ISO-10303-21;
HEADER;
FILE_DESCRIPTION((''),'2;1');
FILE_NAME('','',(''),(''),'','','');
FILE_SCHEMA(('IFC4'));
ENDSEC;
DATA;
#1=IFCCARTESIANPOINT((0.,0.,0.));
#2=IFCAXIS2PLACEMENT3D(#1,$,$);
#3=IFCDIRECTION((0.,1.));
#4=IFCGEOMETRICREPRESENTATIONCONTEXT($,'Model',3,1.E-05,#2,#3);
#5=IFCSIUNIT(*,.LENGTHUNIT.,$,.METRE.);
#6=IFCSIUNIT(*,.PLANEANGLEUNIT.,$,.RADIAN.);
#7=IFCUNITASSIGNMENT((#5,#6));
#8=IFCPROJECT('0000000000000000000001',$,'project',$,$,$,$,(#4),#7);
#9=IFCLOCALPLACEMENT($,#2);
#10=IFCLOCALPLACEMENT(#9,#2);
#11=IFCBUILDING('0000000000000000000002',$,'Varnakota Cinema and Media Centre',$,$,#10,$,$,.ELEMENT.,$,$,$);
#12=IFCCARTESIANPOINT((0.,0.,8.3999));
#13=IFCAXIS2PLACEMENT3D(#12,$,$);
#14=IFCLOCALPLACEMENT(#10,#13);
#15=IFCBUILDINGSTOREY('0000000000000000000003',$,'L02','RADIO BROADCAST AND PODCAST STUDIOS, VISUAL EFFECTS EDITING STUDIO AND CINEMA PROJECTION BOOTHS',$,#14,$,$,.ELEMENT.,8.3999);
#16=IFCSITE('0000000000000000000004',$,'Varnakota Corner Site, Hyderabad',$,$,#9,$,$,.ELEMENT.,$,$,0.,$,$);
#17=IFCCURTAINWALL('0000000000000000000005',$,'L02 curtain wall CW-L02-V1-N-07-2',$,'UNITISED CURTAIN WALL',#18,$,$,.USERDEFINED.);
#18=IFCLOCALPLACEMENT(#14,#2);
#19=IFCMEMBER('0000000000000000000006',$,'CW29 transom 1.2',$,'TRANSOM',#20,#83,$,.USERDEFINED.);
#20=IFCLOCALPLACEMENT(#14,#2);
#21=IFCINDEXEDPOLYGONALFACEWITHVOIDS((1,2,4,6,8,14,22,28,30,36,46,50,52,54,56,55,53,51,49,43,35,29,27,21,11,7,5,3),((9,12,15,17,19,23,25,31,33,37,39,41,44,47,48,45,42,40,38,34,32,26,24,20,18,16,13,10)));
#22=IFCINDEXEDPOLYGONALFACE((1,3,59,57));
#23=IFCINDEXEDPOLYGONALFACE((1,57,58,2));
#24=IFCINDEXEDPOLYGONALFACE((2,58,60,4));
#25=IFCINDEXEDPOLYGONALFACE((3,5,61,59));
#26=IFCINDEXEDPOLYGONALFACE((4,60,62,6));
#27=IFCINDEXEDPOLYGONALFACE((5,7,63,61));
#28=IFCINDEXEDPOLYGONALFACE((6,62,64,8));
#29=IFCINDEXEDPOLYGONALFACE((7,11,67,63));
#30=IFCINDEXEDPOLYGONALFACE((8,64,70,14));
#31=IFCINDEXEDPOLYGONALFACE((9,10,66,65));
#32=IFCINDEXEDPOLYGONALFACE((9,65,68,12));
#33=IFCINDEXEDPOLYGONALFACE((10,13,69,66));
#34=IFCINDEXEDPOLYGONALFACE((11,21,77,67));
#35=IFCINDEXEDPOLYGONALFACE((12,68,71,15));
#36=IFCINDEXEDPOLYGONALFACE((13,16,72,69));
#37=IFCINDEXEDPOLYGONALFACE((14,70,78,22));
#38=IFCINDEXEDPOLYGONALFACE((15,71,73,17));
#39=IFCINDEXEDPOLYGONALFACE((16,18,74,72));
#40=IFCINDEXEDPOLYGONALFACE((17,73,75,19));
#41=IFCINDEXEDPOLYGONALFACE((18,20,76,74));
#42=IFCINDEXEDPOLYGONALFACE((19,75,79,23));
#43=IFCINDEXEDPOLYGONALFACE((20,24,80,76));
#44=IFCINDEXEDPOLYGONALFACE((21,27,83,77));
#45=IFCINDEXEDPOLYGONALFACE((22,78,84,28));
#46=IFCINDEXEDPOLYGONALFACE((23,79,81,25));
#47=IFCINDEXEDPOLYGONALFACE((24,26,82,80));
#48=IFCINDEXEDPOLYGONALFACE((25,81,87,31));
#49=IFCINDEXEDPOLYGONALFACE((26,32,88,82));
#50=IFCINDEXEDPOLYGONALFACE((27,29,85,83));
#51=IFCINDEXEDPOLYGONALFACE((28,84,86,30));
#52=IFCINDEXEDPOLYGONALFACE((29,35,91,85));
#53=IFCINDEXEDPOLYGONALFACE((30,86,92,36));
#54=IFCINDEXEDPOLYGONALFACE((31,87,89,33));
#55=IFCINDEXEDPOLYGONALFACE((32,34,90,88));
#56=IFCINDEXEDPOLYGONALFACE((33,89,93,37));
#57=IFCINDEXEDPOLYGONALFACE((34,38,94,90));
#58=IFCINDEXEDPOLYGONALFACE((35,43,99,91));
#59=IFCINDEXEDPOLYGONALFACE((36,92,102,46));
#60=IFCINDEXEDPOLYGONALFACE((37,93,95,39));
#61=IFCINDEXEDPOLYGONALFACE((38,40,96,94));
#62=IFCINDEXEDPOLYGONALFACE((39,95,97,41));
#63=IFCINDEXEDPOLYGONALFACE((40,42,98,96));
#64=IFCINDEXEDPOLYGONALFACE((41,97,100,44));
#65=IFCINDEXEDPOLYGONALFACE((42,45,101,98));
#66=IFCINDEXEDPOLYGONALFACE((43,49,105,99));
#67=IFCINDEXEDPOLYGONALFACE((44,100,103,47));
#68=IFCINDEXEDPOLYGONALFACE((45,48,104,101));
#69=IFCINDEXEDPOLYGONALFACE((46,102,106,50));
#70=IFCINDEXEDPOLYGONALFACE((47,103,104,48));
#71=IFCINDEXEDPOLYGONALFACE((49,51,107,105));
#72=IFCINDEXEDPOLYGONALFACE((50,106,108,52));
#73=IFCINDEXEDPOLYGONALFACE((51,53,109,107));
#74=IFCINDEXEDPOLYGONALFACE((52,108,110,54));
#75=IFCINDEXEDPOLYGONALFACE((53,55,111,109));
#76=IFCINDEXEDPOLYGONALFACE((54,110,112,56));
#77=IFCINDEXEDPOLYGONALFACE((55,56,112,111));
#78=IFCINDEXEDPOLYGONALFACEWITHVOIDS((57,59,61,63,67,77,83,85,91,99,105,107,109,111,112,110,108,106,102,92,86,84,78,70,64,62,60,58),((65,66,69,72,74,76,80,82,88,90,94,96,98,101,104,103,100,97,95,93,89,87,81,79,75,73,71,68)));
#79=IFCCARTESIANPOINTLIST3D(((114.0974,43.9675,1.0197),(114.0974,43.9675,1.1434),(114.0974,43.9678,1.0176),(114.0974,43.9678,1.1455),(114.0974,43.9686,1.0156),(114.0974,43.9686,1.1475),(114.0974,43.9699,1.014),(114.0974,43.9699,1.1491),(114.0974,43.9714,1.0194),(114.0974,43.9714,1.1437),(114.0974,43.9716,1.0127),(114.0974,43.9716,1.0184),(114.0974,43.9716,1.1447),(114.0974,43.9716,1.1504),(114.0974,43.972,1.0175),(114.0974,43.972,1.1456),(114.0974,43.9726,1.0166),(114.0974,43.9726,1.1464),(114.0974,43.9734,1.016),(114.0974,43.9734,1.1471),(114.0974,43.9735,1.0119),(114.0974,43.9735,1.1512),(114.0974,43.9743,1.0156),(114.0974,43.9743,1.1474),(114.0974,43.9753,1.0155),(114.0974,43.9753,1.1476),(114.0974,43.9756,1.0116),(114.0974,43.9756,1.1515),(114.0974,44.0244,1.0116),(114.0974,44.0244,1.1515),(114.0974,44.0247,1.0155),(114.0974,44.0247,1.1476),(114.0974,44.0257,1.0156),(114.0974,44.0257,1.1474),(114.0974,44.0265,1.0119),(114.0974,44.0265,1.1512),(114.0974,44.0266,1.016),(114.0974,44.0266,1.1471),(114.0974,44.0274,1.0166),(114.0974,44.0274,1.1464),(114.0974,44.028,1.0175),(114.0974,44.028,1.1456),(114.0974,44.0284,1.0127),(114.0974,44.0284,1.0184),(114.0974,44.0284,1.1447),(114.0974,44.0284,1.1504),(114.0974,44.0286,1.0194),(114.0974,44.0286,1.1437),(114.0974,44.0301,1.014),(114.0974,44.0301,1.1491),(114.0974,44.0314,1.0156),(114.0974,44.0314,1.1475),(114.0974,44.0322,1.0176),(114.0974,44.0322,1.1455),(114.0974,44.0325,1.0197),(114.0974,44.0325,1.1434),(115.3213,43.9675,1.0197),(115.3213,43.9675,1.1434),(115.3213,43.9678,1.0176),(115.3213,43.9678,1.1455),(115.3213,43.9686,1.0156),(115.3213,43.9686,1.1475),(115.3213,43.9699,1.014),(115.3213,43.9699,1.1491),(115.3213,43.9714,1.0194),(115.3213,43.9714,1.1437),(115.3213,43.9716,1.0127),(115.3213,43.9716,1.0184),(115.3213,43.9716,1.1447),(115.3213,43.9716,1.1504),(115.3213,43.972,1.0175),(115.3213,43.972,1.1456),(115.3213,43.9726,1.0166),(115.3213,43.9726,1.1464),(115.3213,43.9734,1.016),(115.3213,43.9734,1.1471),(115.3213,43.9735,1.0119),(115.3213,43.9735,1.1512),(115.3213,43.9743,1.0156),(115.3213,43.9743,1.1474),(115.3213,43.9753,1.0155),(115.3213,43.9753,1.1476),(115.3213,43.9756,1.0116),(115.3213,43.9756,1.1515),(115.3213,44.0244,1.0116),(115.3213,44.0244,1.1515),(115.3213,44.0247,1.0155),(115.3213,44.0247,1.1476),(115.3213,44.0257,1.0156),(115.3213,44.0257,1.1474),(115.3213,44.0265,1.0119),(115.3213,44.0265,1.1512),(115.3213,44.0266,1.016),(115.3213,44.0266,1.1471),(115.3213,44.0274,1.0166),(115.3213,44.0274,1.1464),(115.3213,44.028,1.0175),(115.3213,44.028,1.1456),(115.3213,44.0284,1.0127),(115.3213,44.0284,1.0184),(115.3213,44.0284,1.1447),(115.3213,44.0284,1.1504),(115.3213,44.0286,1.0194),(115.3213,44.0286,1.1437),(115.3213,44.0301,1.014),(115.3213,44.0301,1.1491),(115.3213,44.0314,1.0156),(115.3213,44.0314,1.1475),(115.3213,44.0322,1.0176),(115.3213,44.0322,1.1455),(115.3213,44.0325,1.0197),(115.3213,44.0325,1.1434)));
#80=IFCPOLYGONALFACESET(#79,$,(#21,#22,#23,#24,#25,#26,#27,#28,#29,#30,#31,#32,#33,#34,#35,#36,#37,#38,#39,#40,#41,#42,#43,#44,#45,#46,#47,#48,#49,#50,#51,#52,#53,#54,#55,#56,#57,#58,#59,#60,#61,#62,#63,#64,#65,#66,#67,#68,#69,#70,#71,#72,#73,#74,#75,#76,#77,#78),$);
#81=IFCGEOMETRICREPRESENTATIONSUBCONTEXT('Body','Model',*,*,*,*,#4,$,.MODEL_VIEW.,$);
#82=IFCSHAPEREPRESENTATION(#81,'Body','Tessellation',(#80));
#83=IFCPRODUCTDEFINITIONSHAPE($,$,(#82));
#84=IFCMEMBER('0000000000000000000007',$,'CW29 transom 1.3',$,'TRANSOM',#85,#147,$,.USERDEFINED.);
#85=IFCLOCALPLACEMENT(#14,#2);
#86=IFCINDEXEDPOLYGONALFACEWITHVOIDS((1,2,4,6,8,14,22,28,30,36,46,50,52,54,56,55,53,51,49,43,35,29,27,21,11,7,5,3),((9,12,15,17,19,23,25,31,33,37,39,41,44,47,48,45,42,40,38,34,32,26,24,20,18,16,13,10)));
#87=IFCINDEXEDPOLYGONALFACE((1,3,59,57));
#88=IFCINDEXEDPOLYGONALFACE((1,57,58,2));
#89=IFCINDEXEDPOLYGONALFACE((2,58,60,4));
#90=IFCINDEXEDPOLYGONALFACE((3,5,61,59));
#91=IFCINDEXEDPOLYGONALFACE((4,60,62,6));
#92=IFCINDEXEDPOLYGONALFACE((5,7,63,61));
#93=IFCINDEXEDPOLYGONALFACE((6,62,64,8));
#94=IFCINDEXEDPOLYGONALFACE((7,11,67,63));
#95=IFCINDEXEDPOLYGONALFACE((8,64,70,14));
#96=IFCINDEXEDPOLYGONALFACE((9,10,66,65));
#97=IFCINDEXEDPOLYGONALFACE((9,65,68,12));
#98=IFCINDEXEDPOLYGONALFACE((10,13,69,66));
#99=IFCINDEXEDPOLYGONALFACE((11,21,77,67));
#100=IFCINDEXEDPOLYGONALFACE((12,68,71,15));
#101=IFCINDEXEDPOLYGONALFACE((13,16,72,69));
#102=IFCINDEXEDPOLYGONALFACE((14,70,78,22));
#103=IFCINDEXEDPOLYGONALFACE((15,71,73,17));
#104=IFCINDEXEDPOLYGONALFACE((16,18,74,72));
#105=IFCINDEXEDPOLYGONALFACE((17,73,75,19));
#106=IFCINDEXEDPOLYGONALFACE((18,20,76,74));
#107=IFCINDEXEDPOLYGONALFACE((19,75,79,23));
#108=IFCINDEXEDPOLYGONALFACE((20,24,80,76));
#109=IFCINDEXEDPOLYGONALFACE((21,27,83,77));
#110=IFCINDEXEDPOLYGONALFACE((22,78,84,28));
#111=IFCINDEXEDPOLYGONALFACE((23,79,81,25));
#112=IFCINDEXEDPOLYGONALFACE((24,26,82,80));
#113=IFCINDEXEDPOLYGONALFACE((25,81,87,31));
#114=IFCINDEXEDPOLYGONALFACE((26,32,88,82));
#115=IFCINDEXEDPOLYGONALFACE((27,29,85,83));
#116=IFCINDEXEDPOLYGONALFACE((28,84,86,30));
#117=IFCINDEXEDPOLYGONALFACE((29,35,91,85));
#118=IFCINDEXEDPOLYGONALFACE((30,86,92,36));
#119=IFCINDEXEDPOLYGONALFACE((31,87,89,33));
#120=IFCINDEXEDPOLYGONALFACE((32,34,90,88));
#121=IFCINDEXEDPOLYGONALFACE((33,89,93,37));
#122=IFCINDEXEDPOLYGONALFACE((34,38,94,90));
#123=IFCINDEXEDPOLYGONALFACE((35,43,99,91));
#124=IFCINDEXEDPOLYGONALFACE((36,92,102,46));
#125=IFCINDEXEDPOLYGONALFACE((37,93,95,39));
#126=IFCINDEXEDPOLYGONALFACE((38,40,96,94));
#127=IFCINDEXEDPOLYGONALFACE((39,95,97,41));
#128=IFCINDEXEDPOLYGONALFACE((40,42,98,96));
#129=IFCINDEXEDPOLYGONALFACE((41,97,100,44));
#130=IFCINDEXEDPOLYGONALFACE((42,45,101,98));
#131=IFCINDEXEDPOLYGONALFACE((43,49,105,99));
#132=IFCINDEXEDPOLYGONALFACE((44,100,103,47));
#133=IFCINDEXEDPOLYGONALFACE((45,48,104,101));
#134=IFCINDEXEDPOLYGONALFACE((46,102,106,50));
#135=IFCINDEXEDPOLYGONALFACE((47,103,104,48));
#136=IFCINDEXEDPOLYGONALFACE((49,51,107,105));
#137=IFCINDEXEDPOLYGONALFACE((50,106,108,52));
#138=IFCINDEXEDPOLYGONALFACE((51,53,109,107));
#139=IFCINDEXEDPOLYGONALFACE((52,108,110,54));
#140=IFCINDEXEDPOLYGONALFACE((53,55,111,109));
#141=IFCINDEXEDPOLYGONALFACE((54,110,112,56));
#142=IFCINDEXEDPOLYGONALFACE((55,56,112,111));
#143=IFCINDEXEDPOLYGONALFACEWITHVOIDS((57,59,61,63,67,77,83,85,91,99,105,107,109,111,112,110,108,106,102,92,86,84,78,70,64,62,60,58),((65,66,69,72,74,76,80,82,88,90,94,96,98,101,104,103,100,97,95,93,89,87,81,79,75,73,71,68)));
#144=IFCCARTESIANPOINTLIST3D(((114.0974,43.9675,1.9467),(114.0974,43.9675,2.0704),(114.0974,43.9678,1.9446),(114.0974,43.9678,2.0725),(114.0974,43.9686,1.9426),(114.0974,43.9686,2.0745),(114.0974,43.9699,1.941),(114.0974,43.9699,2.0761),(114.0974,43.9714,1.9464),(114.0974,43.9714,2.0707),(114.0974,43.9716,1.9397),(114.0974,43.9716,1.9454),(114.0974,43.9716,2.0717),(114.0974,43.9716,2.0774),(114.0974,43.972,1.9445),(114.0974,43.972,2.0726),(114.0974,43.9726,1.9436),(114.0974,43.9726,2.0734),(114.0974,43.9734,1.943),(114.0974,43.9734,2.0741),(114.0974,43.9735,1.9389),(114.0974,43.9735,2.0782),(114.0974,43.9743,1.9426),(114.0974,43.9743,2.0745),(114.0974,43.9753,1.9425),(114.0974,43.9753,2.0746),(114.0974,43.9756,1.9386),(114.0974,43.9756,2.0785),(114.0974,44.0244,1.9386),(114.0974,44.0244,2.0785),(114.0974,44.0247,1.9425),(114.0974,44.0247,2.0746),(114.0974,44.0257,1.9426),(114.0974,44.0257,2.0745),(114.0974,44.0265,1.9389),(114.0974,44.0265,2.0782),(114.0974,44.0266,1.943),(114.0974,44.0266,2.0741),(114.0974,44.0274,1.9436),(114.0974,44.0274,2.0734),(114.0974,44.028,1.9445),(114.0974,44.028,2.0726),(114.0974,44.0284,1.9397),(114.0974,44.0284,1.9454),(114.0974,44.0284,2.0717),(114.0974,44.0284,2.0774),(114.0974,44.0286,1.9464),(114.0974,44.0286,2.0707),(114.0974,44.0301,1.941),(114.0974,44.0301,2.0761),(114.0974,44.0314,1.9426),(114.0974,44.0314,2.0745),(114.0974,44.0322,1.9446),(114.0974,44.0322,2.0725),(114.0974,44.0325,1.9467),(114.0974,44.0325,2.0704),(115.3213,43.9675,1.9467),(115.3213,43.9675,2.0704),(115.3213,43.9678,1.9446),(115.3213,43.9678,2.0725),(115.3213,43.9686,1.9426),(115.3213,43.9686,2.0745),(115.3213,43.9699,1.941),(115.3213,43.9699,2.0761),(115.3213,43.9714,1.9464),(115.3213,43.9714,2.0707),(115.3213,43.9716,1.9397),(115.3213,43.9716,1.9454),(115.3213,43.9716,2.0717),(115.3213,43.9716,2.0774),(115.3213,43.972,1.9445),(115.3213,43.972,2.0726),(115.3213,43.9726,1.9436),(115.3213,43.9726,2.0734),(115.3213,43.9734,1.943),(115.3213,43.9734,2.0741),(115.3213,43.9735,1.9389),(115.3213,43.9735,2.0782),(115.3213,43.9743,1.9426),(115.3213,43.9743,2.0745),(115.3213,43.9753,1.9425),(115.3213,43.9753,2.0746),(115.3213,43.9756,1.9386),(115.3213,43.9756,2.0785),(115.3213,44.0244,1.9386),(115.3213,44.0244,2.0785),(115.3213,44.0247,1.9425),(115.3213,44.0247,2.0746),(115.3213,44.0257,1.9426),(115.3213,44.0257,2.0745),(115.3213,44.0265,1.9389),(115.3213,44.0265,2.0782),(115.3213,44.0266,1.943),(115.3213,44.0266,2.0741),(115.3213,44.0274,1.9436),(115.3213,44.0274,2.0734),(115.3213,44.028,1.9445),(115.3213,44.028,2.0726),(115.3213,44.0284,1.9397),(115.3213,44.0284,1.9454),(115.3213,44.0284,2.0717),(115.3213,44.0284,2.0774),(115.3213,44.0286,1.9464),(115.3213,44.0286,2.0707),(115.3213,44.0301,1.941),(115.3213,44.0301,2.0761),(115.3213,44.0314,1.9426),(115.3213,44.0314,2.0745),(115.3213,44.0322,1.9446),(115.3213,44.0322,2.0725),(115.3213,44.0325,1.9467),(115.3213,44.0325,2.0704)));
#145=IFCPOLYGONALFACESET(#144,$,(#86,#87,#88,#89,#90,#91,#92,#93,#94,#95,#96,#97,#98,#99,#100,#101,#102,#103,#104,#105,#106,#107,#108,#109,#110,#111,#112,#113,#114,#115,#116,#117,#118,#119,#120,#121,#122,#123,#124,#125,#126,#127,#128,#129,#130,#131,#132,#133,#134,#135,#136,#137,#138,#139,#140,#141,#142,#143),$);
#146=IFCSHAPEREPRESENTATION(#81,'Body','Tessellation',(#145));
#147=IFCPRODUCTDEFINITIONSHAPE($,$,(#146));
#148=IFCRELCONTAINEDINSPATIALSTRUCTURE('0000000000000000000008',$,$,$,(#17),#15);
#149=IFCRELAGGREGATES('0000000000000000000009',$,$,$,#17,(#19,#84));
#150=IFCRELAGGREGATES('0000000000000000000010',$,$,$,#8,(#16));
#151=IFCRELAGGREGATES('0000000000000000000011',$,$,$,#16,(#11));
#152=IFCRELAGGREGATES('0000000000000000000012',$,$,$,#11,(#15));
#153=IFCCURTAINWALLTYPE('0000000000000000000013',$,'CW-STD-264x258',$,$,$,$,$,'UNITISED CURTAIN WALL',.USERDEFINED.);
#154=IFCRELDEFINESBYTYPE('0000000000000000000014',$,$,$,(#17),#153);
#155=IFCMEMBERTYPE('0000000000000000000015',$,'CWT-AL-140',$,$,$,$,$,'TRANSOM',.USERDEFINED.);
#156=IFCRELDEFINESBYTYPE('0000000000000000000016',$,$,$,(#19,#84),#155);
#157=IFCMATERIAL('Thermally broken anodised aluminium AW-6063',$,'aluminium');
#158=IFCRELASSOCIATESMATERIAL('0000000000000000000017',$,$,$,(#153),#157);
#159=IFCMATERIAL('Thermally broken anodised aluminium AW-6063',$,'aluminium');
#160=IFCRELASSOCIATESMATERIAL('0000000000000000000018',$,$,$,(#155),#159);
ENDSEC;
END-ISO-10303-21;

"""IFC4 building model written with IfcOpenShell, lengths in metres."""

from ifc_helpers import new_model, si_unit, direction, frame, origin, origin_2d, place, context, subcontext, project, spatial, hollow_rectangle, extrude, material, material_profile, profile_set, type_object, element, aggregate, save


model = new_model("IFC4")

# Units and contexts
model_context = context("Model", 3, precision=1e-05, world=origin(), true_north=direction((0.0, 1.0)))
body_context = subcontext(model_context, "Body", "Model", "MODEL_VIEW")
ifc_project = project(units=[si_unit("LENGTHUNIT", "METRE"), si_unit("PLANEANGLEUNIT", "RADIAN")], contexts=[model_context])

# Site, building, storey
site_placement = place(None, origin())
site = spatial("IfcSite", under=ifc_project, at=site_placement, Name="Varnakota Corner Site, Hyderabad", CompositionType="ELEMENT", RefElevation=0.0)
building_placement = place(site_placement, origin())
building = spatial("IfcBuilding", under=site, at=building_placement, Name="Varnakota Cinema and Media Centre", CompositionType="ELEMENT")
storey_placement = place(building_placement, frame((0.0, 0.0, 8.3999)))
storey = spatial("IfcBuildingStorey", under=building, at=storey_placement, Name="L02", Description="RADIO BROADCAST AND PODCAST STUDIOS, VISUAL EFFECTS EDITING STUDIO AND CINEMA PROJECTION BOOTHS", CompositionType="ELEMENT", Elevation=8.3999)

# Shared definitions
ifc_material_1 = material(Name="Thermally broken anodised aluminium AW-6063", Category="aluminium")
curtain_wall_type = type_object("IfcCurtainWallType", Name="CW-STD-264x258", ElementType="UNITISED CURTAIN WALL", PredefinedType="USERDEFINED", material=ifc_material_1)

# Curtain wall
curtain_wall_1_placement = place(storey_placement, origin())
curtain_wall_1 = element("IfcCurtainWall", 1, at=curtain_wall_1_placement, inside=storey, type_object=curtain_wall_type, Name="L02 curtain wall CW-L02-V1-N-07-2", ObjectType="UNITISED CURTAIN WALL", PredefinedType="USERDEFINED")

# Members
ifc_material_2 = material(Name="Thermally broken anodised aluminium AW-6063", Category="aluminium")
ifc_material_profile_1 = material_profile(ifc_material_2, hollow_rectangle(XDim=0.0649, YDim=0.1399, WallThickness=0.0039, InnerFilletRadius=0.0039, OuterFilletRadius=0.0081, at=origin_2d()), Name="AL-TRANSOM 140x65x4")
ifc_profile_set_1 = profile_set([ifc_material_profile_1], Name="Thermally broken anodised aluminium AW-6063")
member_type_1 = type_object("IfcMemberType", Name="CWT-AL-140", ElementType="TRANSOM", PredefinedType="USERDEFINED", material=ifc_profile_set_1)
member_1_placement = place(storey_placement, frame((114.0974, 44.0, 1.0815), z_axis=(1.0, 0.0, 0.0), x_axis=(0.0, 1.0, 0.0)))
member_1 = element("IfcMember", 2, at=member_1_placement, type_object=member_type_1, Name="CW29 transom 1.2", ObjectType="TRANSOM", PredefinedType="USERDEFINED", context=body_context, shape_type="SweptSolid", body=[
    extrude(hollow_rectangle(XDim=0.0649, YDim=0.1399, WallThickness=0.0039, InnerFilletRadius=0.0039, OuterFilletRadius=0.0081, at=origin_2d()), origin(), (0.0, 0.0, 1.0), 1.2239),
])
member_2_placement = place(storey_placement, frame((114.0974, 44.0, 2.0085), z_axis=(1.0, 0.0, 0.0), x_axis=(0.0, 1.0, 0.0)))
member_2 = element("IfcMember", 3, at=member_2_placement, type_object=member_type_1, Name="CW29 transom 1.3", ObjectType="TRANSOM", PredefinedType="USERDEFINED", context=body_context, shape_type="SweptSolid", body=[
    extrude(hollow_rectangle(XDim=0.0649, YDim=0.1399, WallThickness=0.0039, InnerFilletRadius=0.0039, OuterFilletRadius=0.0081, at=origin_2d()), origin(), (0.0, 0.0, 1.0), 1.2239),
])

aggregate(curtain_wall_1, [member_1, member_2])

save(model, "model.ifc")
